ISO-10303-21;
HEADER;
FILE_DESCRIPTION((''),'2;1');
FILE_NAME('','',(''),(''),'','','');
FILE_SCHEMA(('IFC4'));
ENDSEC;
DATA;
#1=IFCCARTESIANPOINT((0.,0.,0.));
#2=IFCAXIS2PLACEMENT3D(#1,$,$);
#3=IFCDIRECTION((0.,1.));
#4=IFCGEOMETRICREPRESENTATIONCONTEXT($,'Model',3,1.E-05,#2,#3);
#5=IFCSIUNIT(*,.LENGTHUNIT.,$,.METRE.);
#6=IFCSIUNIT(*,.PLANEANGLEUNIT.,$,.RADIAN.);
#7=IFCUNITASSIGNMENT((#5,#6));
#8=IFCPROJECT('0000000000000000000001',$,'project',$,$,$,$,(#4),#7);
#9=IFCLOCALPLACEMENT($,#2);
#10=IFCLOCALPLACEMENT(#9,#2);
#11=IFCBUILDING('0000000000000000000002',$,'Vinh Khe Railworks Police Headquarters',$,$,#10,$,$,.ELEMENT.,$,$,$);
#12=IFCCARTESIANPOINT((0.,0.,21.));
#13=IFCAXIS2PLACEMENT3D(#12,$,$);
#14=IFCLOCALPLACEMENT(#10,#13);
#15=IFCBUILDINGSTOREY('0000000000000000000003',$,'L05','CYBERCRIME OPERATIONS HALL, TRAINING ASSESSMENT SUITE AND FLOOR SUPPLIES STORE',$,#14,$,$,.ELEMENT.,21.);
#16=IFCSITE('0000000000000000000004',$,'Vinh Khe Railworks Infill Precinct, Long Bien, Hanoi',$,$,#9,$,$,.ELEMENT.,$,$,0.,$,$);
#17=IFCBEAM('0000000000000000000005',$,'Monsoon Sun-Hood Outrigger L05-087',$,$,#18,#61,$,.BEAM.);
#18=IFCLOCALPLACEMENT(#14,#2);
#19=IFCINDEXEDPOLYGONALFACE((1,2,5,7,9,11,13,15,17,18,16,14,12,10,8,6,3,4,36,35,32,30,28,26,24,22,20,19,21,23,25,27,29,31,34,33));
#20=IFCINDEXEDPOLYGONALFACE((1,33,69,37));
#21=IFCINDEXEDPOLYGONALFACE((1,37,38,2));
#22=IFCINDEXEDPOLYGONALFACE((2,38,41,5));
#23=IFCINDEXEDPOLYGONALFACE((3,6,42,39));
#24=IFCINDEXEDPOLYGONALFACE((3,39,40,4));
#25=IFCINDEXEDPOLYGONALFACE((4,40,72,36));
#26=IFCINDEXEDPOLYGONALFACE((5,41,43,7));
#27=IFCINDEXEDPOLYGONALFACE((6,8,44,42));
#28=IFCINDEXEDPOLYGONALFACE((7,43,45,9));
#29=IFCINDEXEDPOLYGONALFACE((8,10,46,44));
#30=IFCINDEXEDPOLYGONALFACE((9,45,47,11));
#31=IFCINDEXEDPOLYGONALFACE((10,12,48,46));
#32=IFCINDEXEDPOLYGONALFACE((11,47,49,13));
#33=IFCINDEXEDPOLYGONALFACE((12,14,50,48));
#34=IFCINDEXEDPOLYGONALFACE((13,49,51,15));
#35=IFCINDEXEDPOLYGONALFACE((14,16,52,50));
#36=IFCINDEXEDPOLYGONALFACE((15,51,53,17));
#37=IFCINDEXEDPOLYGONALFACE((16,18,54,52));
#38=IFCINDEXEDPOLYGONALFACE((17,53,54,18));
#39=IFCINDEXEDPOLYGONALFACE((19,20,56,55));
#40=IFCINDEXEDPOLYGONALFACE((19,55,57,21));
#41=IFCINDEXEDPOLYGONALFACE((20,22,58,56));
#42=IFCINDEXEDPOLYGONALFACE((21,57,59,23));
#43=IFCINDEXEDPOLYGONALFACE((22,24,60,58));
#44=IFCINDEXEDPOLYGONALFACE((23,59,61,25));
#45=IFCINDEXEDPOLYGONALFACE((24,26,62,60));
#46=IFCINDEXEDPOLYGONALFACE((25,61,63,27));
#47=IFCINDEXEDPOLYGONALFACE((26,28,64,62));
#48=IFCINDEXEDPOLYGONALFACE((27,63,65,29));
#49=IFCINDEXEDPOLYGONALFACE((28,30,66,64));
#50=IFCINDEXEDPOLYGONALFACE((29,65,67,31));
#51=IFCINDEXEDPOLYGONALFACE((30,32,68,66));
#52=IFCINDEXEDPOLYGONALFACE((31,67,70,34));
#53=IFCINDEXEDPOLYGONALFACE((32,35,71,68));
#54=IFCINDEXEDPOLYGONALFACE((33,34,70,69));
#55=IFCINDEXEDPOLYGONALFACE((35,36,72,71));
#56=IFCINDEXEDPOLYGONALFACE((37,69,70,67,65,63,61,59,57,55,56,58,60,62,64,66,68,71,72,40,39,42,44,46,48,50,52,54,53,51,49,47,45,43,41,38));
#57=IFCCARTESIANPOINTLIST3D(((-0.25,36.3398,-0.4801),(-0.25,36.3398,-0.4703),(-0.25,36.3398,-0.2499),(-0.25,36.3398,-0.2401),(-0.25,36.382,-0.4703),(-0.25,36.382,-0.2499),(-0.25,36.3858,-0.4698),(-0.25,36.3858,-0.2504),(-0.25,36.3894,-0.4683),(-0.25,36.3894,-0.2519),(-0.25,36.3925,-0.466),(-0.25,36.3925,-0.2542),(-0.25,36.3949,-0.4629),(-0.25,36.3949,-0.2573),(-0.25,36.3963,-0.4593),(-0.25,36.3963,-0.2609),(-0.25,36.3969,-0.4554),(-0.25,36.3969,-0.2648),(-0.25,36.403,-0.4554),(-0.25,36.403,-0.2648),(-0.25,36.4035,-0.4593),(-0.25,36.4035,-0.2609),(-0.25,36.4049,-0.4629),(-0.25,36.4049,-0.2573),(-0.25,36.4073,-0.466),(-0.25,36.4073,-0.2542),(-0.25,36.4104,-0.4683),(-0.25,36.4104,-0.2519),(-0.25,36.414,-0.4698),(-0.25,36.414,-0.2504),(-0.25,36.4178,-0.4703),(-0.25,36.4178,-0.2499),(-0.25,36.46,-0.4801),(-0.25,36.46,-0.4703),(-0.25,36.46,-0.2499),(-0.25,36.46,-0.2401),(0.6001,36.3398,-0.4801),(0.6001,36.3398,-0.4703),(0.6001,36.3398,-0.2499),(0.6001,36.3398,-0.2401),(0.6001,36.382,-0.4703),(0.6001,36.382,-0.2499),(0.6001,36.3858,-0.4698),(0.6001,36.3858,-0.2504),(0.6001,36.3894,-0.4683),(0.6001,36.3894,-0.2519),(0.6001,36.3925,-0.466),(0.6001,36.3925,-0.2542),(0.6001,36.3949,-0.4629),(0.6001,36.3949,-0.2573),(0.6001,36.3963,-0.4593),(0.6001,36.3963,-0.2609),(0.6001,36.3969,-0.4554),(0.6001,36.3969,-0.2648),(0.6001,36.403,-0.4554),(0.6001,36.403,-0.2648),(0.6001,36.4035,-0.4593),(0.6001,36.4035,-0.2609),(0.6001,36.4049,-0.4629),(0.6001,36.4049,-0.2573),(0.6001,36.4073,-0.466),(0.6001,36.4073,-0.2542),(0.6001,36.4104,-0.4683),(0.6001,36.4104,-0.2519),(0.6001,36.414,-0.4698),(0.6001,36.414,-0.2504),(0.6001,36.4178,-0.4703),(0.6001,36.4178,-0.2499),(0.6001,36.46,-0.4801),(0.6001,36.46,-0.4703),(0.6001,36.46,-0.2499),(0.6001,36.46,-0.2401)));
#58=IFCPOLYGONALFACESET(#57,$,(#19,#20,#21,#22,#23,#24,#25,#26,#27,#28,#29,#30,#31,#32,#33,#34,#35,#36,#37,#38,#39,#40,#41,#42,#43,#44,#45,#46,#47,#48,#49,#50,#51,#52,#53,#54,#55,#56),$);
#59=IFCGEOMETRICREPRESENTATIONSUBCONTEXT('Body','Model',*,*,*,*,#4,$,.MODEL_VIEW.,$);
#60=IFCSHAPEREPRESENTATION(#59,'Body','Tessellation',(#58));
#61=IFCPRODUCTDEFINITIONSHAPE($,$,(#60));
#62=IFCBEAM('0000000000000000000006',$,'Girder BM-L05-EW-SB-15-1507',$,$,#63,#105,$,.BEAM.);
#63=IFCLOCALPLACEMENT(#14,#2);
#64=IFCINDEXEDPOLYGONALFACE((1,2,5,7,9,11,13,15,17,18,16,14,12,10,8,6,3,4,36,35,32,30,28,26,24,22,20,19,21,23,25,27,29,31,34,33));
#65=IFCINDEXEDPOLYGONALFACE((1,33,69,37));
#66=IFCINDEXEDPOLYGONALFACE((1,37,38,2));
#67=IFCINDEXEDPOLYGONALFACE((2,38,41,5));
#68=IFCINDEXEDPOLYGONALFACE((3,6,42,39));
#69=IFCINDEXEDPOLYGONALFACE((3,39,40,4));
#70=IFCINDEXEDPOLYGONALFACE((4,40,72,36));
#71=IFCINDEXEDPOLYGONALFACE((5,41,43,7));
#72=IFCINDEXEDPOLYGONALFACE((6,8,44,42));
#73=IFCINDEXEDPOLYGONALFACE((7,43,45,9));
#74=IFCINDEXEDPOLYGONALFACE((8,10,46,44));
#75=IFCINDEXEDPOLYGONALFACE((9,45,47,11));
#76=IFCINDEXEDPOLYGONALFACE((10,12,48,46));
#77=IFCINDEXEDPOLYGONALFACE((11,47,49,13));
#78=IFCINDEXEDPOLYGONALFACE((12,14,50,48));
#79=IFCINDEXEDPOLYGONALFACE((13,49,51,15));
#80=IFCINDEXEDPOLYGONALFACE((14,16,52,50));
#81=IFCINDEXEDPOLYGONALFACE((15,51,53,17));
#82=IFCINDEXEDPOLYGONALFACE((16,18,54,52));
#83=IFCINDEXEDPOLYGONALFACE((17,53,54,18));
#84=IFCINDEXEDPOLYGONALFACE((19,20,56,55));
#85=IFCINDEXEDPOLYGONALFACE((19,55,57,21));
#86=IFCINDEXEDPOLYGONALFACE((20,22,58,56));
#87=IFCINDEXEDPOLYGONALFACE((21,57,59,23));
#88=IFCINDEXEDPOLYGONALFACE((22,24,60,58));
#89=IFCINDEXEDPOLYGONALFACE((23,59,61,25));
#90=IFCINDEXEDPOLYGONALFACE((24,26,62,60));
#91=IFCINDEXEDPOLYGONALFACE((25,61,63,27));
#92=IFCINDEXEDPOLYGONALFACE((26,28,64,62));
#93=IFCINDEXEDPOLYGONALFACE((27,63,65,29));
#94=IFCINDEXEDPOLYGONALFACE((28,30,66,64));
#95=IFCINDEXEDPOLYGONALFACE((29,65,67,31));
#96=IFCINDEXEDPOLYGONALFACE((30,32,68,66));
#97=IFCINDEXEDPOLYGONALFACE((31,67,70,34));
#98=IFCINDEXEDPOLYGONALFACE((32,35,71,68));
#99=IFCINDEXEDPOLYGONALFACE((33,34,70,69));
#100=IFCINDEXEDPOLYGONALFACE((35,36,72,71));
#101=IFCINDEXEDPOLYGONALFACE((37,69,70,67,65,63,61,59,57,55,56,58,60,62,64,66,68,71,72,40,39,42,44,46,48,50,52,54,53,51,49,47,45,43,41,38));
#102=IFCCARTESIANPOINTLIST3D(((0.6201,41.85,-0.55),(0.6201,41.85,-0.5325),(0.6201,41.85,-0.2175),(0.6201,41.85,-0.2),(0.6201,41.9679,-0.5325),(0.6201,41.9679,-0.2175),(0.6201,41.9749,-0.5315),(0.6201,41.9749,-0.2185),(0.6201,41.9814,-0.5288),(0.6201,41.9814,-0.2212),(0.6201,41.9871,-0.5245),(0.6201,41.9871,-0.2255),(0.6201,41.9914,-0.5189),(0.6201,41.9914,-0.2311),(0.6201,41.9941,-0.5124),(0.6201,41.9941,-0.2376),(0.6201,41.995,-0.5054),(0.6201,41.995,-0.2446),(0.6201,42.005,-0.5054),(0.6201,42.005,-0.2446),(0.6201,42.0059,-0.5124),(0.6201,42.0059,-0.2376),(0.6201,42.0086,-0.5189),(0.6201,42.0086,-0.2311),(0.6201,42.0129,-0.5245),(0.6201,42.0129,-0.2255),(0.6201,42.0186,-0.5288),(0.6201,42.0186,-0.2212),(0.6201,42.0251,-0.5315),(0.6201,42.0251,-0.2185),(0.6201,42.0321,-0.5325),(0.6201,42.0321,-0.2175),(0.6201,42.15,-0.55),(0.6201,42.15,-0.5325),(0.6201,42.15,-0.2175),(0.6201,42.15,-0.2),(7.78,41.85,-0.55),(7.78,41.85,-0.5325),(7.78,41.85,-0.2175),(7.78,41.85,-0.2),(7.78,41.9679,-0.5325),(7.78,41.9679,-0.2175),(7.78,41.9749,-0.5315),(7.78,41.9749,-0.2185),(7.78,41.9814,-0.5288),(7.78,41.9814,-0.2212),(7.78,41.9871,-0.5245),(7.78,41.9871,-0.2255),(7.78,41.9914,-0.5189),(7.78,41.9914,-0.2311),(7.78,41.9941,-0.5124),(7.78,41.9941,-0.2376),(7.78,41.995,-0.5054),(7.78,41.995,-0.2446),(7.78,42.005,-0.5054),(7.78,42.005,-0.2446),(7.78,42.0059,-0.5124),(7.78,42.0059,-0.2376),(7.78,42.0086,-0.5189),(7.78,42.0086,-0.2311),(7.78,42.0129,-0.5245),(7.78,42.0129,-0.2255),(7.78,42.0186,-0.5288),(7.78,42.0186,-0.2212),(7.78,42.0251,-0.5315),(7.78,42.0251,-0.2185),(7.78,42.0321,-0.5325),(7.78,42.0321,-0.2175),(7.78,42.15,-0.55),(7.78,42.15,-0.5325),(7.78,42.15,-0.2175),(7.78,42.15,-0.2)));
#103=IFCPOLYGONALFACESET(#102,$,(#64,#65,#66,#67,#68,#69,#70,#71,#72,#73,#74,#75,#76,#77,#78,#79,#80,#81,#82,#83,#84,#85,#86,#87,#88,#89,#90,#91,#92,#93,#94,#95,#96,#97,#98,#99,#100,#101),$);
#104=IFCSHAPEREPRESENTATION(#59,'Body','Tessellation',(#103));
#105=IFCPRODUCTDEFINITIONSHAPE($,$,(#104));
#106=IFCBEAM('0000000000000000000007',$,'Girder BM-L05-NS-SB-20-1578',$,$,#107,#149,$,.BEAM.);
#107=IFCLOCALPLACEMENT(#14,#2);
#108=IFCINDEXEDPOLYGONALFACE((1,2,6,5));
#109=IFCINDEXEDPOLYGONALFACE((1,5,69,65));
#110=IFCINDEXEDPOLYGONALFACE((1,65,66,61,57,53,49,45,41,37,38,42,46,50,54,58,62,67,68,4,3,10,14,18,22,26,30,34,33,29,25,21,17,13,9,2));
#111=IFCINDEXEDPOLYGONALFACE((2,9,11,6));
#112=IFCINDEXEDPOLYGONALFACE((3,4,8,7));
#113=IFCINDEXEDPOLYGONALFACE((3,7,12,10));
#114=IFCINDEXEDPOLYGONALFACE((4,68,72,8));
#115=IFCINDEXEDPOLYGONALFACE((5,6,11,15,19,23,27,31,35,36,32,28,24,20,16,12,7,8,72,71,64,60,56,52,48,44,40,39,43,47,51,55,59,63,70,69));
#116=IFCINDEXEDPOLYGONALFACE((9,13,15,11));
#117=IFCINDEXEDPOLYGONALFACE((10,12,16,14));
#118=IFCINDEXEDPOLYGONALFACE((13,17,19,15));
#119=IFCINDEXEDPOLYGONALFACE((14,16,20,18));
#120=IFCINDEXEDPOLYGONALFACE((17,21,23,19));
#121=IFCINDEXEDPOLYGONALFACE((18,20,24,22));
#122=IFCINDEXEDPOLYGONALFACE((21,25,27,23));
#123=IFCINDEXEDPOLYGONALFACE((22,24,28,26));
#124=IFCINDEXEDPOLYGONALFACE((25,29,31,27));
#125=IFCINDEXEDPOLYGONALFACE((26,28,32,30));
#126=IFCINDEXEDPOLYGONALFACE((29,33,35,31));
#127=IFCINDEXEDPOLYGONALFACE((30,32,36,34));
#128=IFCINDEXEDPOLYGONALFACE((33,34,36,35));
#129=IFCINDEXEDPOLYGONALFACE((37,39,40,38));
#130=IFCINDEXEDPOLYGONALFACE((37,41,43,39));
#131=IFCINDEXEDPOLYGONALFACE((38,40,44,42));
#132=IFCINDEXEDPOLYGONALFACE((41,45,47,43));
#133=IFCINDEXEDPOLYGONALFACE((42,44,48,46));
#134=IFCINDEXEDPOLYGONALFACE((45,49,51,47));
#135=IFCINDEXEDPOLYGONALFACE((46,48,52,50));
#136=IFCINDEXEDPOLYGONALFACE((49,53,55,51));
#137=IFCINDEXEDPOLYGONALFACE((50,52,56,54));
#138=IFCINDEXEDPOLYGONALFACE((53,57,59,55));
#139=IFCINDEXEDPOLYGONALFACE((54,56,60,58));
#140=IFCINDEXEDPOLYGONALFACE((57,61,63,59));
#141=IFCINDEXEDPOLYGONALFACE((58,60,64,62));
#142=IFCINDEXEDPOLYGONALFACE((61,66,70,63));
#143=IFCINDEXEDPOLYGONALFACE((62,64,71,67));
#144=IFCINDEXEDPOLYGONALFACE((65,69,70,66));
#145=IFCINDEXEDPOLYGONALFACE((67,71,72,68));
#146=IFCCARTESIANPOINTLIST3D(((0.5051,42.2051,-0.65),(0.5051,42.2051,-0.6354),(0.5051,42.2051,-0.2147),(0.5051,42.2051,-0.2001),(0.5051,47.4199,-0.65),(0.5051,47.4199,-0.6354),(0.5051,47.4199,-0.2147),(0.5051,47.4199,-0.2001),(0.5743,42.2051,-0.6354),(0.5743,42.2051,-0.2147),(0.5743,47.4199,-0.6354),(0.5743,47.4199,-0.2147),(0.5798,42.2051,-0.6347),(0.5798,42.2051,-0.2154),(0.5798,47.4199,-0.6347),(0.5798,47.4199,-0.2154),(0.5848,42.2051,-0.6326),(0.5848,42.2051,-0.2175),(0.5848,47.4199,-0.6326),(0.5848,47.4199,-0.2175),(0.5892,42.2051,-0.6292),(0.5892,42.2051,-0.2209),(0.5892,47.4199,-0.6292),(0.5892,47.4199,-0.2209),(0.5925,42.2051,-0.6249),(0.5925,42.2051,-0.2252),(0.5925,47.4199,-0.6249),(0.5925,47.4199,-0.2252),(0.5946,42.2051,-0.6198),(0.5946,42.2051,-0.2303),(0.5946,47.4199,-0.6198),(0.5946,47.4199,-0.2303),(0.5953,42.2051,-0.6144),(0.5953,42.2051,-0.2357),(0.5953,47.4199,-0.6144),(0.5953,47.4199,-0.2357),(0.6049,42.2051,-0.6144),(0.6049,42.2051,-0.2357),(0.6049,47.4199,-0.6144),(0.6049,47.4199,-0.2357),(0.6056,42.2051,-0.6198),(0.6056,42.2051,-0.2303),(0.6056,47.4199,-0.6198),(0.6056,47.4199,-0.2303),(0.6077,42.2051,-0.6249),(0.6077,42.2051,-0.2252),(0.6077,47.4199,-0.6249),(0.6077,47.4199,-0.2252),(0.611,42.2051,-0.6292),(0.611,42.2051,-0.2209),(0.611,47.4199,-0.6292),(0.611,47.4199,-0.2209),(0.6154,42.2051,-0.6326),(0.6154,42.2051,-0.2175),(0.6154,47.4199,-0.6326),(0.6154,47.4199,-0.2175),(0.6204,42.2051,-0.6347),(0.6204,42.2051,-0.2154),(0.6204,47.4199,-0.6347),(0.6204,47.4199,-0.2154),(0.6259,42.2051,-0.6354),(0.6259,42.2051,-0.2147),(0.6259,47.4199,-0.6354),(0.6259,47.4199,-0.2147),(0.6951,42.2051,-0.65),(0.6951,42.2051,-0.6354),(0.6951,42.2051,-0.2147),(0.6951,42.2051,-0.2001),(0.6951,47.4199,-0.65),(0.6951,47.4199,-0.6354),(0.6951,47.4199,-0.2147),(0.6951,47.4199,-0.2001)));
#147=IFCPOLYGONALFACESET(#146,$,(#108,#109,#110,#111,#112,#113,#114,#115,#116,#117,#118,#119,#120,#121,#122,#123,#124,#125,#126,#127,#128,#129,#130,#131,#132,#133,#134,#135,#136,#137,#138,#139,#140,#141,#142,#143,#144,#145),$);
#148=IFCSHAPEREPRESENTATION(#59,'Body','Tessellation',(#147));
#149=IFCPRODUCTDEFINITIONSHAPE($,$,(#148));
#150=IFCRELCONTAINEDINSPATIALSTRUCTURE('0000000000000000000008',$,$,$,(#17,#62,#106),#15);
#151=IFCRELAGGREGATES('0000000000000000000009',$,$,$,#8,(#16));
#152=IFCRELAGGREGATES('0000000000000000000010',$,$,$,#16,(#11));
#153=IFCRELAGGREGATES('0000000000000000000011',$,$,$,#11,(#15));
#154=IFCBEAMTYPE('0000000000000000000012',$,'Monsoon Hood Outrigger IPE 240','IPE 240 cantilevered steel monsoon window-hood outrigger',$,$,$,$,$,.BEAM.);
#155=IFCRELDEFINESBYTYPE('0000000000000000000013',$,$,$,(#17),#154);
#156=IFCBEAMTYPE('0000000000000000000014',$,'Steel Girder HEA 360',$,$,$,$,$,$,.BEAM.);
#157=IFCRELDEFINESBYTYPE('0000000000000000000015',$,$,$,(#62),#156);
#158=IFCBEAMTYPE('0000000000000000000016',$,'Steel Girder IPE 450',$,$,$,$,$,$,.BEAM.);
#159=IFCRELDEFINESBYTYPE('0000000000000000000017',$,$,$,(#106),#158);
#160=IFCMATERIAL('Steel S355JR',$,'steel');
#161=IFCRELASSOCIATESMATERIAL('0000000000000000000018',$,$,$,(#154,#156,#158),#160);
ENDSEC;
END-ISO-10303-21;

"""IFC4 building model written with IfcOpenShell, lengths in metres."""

from ifc_helpers import new_model, si_unit, direction, frame, origin, origin_2d, place, context, subcontext, project, spatial, i_section, extrude, material, material_profile, profile_set, type_object, element, save


model = new_model("IFC4")

# Units and contexts
model_context = context("Model", 3, precision=1e-05, world=origin(), true_north=direction((0.0, 1.0)))
body_context = subcontext(model_context, "Body", "Model", "MODEL_VIEW")
ifc_project = project(units=[si_unit("LENGTHUNIT", "METRE"), si_unit("PLANEANGLEUNIT", "RADIAN")], contexts=[model_context])

# Site, building, storey
site_placement = place(None, origin())
site = spatial("IfcSite", under=ifc_project, at=site_placement, Name="Vinh Khe Railworks Infill Precinct, Long Bien, Hanoi", CompositionType="ELEMENT", RefElevation=0.0)
building_placement = place(site_placement, origin())
building = spatial("IfcBuilding", under=site, at=building_placement, Name="Vinh Khe Railworks Police Headquarters", CompositionType="ELEMENT")
storey_placement = place(building_placement, frame((0.0, 0.0, 21.0)))
storey = spatial("IfcBuildingStorey", under=building, at=storey_placement, Name="L05", Description="CYBERCRIME OPERATIONS HALL, TRAINING ASSESSMENT SUITE AND FLOOR SUPPLIES STORE", CompositionType="ELEMENT", Elevation=21.0)

# Shared definitions
ifc_material_1 = material(Name="Steel S355JR", Category="steel")

# Beams
ifc_material_profile_1 = material_profile(ifc_material_1, i_section(OverallWidth=0.1201, OverallDepth=0.24, WebThickness=0.0061, FlangeThickness=0.0098, FilletRadius=0.0149, at=origin_2d()), Name="IPE 240")
ifc_profile_set_1 = profile_set([ifc_material_profile_1], Name="Steel S355JR")
beam_type_1 = type_object("IfcBeamType", Name="Monsoon Hood Outrigger IPE 240", Description="IPE 240 cantilevered steel monsoon window-hood outrigger", PredefinedType="BEAM", material=ifc_profile_set_1)
beam_1_placement = place(storey_placement, frame((-0.25, 36.3999, -0.3601), z_axis=(1.0, 0.0, 0.0), x_axis=(0.0, 1.0, 0.0)))
element("IfcBeam", 1, at=beam_1_placement, inside=storey, type_object=beam_type_1, Name="Monsoon Sun-Hood Outrigger L05-087", PredefinedType="BEAM", context=body_context, shape_type="SweptSolid", body=[
    extrude(i_section(OverallWidth=0.1201, OverallDepth=0.24, WebThickness=0.0061, FlangeThickness=0.0098, FilletRadius=0.0149, at=origin_2d()), origin(), (0.0, 0.0, 1.0), 0.8501),
])
ifc_material_profile_2 = material_profile(ifc_material_1, i_section(OverallWidth=0.3, OverallDepth=0.3501, WebThickness=0.01, FlangeThickness=0.0176, FilletRadius=0.0271, at=origin_2d()), Name="HEA 360")
ifc_profile_set_2 = profile_set([ifc_material_profile_2], Name="Steel S355JR")
beam_type_2 = type_object("IfcBeamType", Name="Steel Girder HEA 360", PredefinedType="BEAM", material=ifc_profile_set_2)
beam_2_placement = place(storey_placement, frame((0.6201, 42.0, -0.375), z_axis=(1.0, 0.0, 0.0), x_axis=(0.0, 1.0, 0.0)))
element("IfcBeam", 2, at=beam_2_placement, inside=storey, type_object=beam_type_2, Name="Girder BM-L05-EW-SB-15-1507", PredefinedType="BEAM", context=body_context, shape_type="SweptSolid", body=[
    extrude(i_section(OverallWidth=0.3, OverallDepth=0.3501, WebThickness=0.01, FlangeThickness=0.0176, FilletRadius=0.0271, at=origin_2d()), origin(), (0.0, 0.0, 1.0), 7.1599),
])
ifc_material_profile_3 = material_profile(ifc_material_1, i_section(OverallWidth=0.1899, OverallDepth=0.45, WebThickness=0.0095, FlangeThickness=0.0146, FilletRadius=0.021, at=origin_2d()), Name="IPE 450")
ifc_profile_set_3 = profile_set([ifc_material_profile_3], Name="Steel S355JR")
beam_type_3 = type_object("IfcBeamType", Name="Steel Girder IPE 450", PredefinedType="BEAM", material=ifc_profile_set_3)
beam_3_placement = place(storey_placement, frame((0.6001, 42.2051, -0.425), z_axis=(0.0, 1.0, 0.0), x_axis=(-1.0, 0.0, 0.0)))
element("IfcBeam", 3, at=beam_3_placement, inside=storey, type_object=beam_type_3, Name="Girder BM-L05-NS-SB-20-1578", PredefinedType="BEAM", context=body_context, shape_type="SweptSolid", body=[
    extrude(i_section(OverallWidth=0.1899, OverallDepth=0.45, WebThickness=0.0095, FlangeThickness=0.0146, FilletRadius=0.021, at=origin_2d()), origin(), (0.0, 0.0, 1.0), 5.2148),
])

save(model, "model.ifc")
